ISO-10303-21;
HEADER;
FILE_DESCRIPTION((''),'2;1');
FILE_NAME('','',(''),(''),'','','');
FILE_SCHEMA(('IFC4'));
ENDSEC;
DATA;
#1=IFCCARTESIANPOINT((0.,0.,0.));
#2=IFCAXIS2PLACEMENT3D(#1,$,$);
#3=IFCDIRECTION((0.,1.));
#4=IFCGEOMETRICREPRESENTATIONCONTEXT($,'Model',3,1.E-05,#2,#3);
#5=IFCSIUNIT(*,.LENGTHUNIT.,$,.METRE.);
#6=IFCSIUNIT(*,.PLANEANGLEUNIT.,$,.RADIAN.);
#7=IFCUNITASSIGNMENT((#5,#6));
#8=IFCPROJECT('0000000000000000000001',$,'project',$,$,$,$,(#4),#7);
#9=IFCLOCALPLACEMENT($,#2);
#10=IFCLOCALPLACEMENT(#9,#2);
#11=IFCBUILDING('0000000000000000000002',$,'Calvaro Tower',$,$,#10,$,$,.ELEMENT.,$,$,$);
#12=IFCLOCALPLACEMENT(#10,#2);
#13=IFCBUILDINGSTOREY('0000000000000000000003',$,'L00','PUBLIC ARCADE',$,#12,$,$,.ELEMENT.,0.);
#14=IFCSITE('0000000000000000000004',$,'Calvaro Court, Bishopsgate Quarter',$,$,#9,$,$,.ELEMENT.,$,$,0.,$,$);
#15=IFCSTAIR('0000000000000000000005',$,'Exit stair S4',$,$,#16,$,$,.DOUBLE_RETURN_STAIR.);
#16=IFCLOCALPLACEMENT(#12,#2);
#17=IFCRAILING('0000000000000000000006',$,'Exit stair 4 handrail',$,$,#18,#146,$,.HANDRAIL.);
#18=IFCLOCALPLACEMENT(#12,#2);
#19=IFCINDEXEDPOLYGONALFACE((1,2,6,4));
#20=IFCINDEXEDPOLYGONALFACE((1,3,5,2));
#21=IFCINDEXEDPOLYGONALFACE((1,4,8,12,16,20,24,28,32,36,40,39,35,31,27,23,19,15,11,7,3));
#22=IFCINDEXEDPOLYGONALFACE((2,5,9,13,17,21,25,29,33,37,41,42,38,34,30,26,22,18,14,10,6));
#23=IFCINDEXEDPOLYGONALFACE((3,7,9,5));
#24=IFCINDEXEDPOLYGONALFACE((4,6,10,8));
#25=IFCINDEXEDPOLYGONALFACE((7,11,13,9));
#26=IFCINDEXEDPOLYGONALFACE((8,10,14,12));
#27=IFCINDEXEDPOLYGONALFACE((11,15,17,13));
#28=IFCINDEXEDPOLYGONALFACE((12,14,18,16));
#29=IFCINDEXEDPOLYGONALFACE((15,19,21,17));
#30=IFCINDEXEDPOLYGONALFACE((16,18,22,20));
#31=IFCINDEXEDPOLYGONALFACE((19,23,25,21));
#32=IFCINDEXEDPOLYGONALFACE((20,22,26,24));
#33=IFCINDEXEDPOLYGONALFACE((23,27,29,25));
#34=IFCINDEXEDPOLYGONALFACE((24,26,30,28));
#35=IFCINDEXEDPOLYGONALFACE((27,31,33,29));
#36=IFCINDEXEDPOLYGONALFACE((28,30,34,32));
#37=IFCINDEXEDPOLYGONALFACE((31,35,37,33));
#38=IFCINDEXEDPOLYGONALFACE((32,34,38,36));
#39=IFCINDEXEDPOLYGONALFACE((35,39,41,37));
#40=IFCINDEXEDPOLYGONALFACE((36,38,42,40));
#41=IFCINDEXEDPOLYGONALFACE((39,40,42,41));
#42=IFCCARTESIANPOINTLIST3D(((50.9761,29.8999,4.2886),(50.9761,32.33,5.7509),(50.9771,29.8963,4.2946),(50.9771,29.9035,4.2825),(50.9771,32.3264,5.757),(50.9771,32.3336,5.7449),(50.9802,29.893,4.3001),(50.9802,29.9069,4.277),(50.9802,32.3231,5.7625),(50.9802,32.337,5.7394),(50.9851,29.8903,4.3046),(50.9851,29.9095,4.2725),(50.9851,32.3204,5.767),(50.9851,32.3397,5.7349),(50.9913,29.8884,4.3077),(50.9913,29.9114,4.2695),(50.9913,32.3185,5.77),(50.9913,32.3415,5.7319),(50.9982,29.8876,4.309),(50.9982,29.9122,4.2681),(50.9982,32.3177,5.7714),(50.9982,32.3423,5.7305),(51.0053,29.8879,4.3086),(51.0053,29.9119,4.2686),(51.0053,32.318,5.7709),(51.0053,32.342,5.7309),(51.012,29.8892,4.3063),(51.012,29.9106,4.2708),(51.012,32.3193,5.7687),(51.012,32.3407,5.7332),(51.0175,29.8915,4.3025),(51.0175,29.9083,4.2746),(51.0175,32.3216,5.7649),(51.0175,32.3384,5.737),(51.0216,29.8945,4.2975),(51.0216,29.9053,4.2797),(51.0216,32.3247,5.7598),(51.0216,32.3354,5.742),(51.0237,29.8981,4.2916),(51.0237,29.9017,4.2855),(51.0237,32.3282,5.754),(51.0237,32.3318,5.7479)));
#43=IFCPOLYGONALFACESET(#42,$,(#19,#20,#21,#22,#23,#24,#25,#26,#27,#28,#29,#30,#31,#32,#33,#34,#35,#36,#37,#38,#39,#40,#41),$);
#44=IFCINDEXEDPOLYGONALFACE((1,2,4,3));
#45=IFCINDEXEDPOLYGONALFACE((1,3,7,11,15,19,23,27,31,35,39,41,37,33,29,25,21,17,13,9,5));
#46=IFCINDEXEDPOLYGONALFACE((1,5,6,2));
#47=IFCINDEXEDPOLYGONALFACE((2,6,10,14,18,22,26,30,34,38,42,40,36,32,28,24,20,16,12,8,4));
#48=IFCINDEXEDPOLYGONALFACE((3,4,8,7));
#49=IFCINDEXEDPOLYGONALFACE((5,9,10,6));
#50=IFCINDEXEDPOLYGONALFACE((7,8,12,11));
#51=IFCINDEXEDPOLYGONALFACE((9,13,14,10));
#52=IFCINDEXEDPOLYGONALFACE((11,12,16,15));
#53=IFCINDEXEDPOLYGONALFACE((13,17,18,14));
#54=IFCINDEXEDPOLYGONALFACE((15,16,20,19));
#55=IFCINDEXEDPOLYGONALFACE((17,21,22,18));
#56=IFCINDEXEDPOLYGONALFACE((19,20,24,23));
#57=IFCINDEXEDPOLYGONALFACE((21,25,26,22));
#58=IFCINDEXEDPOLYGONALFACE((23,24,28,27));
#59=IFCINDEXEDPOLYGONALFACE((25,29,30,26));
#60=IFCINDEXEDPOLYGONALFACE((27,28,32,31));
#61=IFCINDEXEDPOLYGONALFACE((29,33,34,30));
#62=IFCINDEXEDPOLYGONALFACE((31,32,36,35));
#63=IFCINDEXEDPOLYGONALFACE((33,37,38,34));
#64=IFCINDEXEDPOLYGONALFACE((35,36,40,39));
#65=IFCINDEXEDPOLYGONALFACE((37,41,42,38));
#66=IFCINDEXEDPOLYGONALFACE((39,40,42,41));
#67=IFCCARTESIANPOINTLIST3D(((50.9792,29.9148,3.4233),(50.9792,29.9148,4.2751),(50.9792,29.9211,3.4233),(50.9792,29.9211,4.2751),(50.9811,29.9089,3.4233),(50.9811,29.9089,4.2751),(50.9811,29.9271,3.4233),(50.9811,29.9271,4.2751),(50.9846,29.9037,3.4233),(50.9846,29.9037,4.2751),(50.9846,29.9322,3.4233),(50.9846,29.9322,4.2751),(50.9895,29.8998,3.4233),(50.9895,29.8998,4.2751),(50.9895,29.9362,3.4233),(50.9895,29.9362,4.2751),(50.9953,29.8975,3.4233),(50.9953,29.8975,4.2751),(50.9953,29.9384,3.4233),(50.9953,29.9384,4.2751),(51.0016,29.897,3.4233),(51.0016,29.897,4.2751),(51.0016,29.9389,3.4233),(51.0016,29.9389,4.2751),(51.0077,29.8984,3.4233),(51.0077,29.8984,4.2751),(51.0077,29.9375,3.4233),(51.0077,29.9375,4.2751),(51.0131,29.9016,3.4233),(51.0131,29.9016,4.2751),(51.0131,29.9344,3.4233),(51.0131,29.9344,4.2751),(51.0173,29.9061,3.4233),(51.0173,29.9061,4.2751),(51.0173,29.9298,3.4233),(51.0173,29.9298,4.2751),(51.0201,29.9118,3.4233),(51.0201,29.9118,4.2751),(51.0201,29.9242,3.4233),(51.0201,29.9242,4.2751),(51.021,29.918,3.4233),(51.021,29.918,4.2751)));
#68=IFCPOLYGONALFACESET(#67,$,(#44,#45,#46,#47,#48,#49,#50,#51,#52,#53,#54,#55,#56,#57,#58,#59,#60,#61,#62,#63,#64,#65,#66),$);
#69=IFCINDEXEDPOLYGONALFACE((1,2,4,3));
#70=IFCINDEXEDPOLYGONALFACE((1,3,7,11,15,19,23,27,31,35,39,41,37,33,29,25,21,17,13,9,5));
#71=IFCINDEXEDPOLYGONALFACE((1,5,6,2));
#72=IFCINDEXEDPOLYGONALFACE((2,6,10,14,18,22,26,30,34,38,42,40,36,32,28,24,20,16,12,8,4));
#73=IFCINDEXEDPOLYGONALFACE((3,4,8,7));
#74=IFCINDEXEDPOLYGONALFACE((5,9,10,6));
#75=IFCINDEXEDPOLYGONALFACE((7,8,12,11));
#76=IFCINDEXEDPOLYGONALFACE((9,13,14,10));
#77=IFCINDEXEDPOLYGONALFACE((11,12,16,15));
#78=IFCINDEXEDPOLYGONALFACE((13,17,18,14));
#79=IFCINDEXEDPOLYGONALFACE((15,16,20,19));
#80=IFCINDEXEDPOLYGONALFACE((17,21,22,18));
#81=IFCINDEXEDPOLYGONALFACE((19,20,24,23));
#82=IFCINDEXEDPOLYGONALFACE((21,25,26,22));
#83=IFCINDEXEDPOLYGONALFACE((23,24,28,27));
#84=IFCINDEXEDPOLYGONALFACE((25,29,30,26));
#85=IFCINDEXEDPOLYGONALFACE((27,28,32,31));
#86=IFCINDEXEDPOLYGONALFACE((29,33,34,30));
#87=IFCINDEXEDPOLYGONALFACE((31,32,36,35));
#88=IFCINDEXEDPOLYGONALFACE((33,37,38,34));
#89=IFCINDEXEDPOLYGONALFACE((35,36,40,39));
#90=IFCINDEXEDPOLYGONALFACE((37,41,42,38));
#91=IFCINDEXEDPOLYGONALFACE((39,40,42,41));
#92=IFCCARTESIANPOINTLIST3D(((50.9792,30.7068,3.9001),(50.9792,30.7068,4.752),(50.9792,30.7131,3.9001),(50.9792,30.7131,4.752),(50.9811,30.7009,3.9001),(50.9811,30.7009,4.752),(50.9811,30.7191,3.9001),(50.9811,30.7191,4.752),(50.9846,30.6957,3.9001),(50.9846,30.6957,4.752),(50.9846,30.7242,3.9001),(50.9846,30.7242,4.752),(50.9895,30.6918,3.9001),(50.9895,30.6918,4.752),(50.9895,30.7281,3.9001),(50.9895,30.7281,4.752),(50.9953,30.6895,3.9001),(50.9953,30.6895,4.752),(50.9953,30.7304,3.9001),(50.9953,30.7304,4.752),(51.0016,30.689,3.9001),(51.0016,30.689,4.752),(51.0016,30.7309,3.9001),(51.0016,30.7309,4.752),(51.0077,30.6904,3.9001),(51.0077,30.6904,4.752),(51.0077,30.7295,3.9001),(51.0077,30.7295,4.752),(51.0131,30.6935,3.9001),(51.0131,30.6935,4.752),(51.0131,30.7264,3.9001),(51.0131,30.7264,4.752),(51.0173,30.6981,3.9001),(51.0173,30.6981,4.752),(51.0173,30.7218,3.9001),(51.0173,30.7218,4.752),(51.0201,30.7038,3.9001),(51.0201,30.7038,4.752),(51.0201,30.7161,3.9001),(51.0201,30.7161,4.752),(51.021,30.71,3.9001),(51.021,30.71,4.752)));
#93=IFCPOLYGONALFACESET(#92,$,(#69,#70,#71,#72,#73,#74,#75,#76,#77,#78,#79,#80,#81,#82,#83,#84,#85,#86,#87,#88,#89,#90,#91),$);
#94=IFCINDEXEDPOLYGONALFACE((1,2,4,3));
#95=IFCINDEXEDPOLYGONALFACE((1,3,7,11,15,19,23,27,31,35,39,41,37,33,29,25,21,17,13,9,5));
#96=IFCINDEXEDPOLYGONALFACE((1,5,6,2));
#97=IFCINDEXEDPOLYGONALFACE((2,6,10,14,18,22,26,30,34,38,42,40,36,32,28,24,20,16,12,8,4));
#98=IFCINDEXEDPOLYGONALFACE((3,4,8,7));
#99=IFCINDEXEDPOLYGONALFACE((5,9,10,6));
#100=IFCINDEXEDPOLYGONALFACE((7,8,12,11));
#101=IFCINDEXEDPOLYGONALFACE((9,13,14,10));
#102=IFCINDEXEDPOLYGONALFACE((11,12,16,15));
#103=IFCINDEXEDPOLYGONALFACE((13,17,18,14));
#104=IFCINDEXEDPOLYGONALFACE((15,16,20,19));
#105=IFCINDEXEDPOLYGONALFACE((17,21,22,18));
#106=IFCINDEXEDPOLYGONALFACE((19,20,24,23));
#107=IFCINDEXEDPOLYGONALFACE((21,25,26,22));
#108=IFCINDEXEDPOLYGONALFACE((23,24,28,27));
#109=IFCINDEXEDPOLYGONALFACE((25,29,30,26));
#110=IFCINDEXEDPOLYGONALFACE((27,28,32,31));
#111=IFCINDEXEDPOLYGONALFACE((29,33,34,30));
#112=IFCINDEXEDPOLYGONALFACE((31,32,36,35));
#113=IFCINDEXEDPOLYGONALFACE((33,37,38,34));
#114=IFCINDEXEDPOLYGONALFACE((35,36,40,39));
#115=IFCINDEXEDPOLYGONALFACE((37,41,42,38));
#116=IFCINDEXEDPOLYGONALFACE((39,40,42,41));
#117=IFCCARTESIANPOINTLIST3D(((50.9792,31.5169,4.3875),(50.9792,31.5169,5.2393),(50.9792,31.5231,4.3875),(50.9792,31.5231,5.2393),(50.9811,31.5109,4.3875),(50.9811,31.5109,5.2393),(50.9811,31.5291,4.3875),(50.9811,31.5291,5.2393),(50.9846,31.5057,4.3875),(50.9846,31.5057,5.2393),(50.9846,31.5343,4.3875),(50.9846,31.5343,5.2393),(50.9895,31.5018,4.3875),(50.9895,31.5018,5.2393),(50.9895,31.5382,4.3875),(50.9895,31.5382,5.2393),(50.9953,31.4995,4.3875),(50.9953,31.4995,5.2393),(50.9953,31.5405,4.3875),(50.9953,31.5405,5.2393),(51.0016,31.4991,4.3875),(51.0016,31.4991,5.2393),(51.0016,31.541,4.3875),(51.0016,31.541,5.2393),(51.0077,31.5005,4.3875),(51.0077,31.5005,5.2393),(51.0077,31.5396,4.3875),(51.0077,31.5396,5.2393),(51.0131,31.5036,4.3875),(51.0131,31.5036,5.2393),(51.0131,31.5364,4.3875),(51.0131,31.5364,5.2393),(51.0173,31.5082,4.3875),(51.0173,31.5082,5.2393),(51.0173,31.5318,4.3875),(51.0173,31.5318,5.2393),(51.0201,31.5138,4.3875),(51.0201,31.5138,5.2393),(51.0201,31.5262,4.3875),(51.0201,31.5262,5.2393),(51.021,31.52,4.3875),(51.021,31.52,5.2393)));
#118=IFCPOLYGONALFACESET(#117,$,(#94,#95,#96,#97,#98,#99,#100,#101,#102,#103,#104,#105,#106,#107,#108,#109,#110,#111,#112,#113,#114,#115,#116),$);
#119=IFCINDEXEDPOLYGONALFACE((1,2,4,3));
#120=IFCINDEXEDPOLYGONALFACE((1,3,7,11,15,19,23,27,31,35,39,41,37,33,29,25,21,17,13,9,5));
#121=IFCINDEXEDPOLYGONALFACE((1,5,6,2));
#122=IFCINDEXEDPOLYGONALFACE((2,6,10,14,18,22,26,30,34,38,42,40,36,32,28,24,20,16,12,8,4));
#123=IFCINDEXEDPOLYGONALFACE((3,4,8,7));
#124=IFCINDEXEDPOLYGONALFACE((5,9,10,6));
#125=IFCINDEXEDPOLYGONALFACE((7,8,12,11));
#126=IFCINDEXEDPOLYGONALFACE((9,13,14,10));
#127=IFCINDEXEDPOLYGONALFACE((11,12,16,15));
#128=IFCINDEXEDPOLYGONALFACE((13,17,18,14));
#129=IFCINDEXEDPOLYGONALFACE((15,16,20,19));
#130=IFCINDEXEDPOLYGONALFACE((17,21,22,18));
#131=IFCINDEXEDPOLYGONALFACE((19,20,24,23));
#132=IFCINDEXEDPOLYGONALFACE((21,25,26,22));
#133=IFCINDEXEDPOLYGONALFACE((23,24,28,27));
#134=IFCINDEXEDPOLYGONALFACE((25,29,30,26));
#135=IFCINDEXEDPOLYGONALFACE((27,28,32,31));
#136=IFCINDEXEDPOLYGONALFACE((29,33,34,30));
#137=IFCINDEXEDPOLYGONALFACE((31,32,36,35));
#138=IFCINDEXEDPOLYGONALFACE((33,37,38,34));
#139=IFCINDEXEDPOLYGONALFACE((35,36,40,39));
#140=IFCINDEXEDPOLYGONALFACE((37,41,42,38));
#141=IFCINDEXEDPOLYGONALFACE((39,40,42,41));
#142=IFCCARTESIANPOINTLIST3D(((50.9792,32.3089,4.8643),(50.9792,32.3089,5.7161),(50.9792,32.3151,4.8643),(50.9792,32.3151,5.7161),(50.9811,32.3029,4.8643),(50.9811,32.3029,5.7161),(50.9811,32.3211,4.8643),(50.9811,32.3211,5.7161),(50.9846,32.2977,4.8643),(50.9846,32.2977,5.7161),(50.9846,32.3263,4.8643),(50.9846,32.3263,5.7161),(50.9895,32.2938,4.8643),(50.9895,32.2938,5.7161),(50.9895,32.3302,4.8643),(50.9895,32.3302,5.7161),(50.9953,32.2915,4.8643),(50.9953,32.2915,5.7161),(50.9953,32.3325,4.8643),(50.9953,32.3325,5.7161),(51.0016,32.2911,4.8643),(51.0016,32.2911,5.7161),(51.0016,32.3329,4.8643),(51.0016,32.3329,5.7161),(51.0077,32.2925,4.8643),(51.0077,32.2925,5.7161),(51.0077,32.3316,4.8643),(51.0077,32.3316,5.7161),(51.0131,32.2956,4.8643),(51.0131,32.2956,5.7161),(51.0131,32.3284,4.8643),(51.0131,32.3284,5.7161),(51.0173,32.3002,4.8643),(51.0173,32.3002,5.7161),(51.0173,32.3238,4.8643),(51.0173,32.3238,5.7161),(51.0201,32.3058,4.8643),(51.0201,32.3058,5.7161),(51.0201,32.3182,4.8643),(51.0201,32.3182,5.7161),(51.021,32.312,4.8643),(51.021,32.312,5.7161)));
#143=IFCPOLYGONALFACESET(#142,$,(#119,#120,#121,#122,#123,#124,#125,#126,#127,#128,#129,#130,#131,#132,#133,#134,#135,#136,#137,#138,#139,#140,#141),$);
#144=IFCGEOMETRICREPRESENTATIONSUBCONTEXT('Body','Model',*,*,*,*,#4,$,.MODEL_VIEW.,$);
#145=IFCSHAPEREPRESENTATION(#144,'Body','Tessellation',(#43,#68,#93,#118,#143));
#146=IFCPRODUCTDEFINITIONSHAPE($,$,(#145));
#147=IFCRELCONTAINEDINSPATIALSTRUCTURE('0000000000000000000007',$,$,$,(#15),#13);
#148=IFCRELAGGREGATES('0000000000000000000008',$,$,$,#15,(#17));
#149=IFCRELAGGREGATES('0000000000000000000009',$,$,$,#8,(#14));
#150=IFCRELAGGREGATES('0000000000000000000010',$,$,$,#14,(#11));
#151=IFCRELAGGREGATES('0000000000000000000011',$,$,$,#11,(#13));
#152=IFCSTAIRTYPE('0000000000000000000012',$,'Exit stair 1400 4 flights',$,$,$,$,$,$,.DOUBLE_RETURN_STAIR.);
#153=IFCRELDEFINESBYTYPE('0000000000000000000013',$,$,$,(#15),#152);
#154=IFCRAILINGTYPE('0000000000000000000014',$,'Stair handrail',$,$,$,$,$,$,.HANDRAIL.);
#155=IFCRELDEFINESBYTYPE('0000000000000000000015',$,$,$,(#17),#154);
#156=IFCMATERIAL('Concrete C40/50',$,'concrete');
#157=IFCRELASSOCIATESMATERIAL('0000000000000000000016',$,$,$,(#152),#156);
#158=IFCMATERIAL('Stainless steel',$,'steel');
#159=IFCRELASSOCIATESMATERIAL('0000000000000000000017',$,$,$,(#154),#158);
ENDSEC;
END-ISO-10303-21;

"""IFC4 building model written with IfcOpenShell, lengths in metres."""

from ifc_helpers import new_model, si_unit, direction, frame, origin, origin_2d, place, context, subcontext, project, spatial, circle, extrude, material, type_object, element, aggregate, save


model = new_model("IFC4")

# Units and contexts
model_context = context("Model", 3, precision=1e-05, world=origin(), true_north=direction((0.0, 1.0)))
body_context = subcontext(model_context, "Body", "Model", "MODEL_VIEW")
ifc_project = project(units=[si_unit("LENGTHUNIT", "METRE"), si_unit("PLANEANGLEUNIT", "RADIAN")], contexts=[model_context])

# Site, building, storey
site_placement = place(None, origin())
site = spatial("IfcSite", under=ifc_project, at=site_placement, Name="Calvaro Court, Bishopsgate Quarter", CompositionType="ELEMENT", RefElevation=0.0)
building_placement = place(site_placement, origin())
building = spatial("IfcBuilding", under=site, at=building_placement, Name="Calvaro Tower", CompositionType="ELEMENT")
storey_placement = place(building_placement, origin())
storey = spatial("IfcBuildingStorey", under=building, at=storey_placement, Name="L00", Description="PUBLIC ARCADE", CompositionType="ELEMENT", Elevation=0.0)

# Stair
ifc_material_1 = material(Name="Concrete C40/50", Category="concrete")
stair_type = type_object("IfcStairType", Name="Exit stair 1400 4 flights", PredefinedType="DOUBLE_RETURN_STAIR", material=ifc_material_1)
stair_1_placement = place(storey_placement, origin())
stair_1 = element("IfcStair", 1, at=stair_1_placement, inside=storey, type_object=stair_type, Name="Exit stair S4", PredefinedType="DOUBLE_RETURN_STAIR")

# Railing
ifc_material_2 = material(Name="Stainless steel", Category="steel")
railing_type = type_object("IfcRailingType", Name="Stair handrail", PredefinedType="HANDRAIL", material=ifc_material_2)
railing_1_placement = place(storey_placement, frame((51.0, 29.8999, 3.4126)))
railing_1 = element("IfcRailing", 2, at=railing_1_placement, type_object=railing_type, Name="Exit stair 4 handrail", PredefinedType="HANDRAIL", context=body_context, shape_type="SweptSolid", body=[
    extrude(circle(Radius=0.0239, at=origin_2d()), frame((0.0, 0.0, 0.876), z_axis=(0.0, 0.856824, 0.515609), x_axis=(-1.0, 0.0, 0.0)), (0.0, 0.0, 1.0), 2.8362),
    extrude(circle(Radius=0.021, at=origin_2d()), frame((0.0, 0.0181, 0.0107)), (0.0, 0.0, 1.0), 0.8518),
    extrude(circle(Radius=0.021, at=origin_2d()), frame((0.0, 0.8101, 0.4875)), (0.0, 0.0, 1.0), 0.8518),
    extrude(circle(Radius=0.021, at=origin_2d()), frame((0.0, 1.6201, 0.9749)), (0.0, 0.0, 1.0), 0.8518),
    extrude(circle(Radius=0.021, at=origin_2d()), frame((0.0, 2.4121, 1.4517)), (0.0, 0.0, 1.0), 0.8518),
])
aggregate(stair_1, [railing_1])

save(model, "model.ifc")
